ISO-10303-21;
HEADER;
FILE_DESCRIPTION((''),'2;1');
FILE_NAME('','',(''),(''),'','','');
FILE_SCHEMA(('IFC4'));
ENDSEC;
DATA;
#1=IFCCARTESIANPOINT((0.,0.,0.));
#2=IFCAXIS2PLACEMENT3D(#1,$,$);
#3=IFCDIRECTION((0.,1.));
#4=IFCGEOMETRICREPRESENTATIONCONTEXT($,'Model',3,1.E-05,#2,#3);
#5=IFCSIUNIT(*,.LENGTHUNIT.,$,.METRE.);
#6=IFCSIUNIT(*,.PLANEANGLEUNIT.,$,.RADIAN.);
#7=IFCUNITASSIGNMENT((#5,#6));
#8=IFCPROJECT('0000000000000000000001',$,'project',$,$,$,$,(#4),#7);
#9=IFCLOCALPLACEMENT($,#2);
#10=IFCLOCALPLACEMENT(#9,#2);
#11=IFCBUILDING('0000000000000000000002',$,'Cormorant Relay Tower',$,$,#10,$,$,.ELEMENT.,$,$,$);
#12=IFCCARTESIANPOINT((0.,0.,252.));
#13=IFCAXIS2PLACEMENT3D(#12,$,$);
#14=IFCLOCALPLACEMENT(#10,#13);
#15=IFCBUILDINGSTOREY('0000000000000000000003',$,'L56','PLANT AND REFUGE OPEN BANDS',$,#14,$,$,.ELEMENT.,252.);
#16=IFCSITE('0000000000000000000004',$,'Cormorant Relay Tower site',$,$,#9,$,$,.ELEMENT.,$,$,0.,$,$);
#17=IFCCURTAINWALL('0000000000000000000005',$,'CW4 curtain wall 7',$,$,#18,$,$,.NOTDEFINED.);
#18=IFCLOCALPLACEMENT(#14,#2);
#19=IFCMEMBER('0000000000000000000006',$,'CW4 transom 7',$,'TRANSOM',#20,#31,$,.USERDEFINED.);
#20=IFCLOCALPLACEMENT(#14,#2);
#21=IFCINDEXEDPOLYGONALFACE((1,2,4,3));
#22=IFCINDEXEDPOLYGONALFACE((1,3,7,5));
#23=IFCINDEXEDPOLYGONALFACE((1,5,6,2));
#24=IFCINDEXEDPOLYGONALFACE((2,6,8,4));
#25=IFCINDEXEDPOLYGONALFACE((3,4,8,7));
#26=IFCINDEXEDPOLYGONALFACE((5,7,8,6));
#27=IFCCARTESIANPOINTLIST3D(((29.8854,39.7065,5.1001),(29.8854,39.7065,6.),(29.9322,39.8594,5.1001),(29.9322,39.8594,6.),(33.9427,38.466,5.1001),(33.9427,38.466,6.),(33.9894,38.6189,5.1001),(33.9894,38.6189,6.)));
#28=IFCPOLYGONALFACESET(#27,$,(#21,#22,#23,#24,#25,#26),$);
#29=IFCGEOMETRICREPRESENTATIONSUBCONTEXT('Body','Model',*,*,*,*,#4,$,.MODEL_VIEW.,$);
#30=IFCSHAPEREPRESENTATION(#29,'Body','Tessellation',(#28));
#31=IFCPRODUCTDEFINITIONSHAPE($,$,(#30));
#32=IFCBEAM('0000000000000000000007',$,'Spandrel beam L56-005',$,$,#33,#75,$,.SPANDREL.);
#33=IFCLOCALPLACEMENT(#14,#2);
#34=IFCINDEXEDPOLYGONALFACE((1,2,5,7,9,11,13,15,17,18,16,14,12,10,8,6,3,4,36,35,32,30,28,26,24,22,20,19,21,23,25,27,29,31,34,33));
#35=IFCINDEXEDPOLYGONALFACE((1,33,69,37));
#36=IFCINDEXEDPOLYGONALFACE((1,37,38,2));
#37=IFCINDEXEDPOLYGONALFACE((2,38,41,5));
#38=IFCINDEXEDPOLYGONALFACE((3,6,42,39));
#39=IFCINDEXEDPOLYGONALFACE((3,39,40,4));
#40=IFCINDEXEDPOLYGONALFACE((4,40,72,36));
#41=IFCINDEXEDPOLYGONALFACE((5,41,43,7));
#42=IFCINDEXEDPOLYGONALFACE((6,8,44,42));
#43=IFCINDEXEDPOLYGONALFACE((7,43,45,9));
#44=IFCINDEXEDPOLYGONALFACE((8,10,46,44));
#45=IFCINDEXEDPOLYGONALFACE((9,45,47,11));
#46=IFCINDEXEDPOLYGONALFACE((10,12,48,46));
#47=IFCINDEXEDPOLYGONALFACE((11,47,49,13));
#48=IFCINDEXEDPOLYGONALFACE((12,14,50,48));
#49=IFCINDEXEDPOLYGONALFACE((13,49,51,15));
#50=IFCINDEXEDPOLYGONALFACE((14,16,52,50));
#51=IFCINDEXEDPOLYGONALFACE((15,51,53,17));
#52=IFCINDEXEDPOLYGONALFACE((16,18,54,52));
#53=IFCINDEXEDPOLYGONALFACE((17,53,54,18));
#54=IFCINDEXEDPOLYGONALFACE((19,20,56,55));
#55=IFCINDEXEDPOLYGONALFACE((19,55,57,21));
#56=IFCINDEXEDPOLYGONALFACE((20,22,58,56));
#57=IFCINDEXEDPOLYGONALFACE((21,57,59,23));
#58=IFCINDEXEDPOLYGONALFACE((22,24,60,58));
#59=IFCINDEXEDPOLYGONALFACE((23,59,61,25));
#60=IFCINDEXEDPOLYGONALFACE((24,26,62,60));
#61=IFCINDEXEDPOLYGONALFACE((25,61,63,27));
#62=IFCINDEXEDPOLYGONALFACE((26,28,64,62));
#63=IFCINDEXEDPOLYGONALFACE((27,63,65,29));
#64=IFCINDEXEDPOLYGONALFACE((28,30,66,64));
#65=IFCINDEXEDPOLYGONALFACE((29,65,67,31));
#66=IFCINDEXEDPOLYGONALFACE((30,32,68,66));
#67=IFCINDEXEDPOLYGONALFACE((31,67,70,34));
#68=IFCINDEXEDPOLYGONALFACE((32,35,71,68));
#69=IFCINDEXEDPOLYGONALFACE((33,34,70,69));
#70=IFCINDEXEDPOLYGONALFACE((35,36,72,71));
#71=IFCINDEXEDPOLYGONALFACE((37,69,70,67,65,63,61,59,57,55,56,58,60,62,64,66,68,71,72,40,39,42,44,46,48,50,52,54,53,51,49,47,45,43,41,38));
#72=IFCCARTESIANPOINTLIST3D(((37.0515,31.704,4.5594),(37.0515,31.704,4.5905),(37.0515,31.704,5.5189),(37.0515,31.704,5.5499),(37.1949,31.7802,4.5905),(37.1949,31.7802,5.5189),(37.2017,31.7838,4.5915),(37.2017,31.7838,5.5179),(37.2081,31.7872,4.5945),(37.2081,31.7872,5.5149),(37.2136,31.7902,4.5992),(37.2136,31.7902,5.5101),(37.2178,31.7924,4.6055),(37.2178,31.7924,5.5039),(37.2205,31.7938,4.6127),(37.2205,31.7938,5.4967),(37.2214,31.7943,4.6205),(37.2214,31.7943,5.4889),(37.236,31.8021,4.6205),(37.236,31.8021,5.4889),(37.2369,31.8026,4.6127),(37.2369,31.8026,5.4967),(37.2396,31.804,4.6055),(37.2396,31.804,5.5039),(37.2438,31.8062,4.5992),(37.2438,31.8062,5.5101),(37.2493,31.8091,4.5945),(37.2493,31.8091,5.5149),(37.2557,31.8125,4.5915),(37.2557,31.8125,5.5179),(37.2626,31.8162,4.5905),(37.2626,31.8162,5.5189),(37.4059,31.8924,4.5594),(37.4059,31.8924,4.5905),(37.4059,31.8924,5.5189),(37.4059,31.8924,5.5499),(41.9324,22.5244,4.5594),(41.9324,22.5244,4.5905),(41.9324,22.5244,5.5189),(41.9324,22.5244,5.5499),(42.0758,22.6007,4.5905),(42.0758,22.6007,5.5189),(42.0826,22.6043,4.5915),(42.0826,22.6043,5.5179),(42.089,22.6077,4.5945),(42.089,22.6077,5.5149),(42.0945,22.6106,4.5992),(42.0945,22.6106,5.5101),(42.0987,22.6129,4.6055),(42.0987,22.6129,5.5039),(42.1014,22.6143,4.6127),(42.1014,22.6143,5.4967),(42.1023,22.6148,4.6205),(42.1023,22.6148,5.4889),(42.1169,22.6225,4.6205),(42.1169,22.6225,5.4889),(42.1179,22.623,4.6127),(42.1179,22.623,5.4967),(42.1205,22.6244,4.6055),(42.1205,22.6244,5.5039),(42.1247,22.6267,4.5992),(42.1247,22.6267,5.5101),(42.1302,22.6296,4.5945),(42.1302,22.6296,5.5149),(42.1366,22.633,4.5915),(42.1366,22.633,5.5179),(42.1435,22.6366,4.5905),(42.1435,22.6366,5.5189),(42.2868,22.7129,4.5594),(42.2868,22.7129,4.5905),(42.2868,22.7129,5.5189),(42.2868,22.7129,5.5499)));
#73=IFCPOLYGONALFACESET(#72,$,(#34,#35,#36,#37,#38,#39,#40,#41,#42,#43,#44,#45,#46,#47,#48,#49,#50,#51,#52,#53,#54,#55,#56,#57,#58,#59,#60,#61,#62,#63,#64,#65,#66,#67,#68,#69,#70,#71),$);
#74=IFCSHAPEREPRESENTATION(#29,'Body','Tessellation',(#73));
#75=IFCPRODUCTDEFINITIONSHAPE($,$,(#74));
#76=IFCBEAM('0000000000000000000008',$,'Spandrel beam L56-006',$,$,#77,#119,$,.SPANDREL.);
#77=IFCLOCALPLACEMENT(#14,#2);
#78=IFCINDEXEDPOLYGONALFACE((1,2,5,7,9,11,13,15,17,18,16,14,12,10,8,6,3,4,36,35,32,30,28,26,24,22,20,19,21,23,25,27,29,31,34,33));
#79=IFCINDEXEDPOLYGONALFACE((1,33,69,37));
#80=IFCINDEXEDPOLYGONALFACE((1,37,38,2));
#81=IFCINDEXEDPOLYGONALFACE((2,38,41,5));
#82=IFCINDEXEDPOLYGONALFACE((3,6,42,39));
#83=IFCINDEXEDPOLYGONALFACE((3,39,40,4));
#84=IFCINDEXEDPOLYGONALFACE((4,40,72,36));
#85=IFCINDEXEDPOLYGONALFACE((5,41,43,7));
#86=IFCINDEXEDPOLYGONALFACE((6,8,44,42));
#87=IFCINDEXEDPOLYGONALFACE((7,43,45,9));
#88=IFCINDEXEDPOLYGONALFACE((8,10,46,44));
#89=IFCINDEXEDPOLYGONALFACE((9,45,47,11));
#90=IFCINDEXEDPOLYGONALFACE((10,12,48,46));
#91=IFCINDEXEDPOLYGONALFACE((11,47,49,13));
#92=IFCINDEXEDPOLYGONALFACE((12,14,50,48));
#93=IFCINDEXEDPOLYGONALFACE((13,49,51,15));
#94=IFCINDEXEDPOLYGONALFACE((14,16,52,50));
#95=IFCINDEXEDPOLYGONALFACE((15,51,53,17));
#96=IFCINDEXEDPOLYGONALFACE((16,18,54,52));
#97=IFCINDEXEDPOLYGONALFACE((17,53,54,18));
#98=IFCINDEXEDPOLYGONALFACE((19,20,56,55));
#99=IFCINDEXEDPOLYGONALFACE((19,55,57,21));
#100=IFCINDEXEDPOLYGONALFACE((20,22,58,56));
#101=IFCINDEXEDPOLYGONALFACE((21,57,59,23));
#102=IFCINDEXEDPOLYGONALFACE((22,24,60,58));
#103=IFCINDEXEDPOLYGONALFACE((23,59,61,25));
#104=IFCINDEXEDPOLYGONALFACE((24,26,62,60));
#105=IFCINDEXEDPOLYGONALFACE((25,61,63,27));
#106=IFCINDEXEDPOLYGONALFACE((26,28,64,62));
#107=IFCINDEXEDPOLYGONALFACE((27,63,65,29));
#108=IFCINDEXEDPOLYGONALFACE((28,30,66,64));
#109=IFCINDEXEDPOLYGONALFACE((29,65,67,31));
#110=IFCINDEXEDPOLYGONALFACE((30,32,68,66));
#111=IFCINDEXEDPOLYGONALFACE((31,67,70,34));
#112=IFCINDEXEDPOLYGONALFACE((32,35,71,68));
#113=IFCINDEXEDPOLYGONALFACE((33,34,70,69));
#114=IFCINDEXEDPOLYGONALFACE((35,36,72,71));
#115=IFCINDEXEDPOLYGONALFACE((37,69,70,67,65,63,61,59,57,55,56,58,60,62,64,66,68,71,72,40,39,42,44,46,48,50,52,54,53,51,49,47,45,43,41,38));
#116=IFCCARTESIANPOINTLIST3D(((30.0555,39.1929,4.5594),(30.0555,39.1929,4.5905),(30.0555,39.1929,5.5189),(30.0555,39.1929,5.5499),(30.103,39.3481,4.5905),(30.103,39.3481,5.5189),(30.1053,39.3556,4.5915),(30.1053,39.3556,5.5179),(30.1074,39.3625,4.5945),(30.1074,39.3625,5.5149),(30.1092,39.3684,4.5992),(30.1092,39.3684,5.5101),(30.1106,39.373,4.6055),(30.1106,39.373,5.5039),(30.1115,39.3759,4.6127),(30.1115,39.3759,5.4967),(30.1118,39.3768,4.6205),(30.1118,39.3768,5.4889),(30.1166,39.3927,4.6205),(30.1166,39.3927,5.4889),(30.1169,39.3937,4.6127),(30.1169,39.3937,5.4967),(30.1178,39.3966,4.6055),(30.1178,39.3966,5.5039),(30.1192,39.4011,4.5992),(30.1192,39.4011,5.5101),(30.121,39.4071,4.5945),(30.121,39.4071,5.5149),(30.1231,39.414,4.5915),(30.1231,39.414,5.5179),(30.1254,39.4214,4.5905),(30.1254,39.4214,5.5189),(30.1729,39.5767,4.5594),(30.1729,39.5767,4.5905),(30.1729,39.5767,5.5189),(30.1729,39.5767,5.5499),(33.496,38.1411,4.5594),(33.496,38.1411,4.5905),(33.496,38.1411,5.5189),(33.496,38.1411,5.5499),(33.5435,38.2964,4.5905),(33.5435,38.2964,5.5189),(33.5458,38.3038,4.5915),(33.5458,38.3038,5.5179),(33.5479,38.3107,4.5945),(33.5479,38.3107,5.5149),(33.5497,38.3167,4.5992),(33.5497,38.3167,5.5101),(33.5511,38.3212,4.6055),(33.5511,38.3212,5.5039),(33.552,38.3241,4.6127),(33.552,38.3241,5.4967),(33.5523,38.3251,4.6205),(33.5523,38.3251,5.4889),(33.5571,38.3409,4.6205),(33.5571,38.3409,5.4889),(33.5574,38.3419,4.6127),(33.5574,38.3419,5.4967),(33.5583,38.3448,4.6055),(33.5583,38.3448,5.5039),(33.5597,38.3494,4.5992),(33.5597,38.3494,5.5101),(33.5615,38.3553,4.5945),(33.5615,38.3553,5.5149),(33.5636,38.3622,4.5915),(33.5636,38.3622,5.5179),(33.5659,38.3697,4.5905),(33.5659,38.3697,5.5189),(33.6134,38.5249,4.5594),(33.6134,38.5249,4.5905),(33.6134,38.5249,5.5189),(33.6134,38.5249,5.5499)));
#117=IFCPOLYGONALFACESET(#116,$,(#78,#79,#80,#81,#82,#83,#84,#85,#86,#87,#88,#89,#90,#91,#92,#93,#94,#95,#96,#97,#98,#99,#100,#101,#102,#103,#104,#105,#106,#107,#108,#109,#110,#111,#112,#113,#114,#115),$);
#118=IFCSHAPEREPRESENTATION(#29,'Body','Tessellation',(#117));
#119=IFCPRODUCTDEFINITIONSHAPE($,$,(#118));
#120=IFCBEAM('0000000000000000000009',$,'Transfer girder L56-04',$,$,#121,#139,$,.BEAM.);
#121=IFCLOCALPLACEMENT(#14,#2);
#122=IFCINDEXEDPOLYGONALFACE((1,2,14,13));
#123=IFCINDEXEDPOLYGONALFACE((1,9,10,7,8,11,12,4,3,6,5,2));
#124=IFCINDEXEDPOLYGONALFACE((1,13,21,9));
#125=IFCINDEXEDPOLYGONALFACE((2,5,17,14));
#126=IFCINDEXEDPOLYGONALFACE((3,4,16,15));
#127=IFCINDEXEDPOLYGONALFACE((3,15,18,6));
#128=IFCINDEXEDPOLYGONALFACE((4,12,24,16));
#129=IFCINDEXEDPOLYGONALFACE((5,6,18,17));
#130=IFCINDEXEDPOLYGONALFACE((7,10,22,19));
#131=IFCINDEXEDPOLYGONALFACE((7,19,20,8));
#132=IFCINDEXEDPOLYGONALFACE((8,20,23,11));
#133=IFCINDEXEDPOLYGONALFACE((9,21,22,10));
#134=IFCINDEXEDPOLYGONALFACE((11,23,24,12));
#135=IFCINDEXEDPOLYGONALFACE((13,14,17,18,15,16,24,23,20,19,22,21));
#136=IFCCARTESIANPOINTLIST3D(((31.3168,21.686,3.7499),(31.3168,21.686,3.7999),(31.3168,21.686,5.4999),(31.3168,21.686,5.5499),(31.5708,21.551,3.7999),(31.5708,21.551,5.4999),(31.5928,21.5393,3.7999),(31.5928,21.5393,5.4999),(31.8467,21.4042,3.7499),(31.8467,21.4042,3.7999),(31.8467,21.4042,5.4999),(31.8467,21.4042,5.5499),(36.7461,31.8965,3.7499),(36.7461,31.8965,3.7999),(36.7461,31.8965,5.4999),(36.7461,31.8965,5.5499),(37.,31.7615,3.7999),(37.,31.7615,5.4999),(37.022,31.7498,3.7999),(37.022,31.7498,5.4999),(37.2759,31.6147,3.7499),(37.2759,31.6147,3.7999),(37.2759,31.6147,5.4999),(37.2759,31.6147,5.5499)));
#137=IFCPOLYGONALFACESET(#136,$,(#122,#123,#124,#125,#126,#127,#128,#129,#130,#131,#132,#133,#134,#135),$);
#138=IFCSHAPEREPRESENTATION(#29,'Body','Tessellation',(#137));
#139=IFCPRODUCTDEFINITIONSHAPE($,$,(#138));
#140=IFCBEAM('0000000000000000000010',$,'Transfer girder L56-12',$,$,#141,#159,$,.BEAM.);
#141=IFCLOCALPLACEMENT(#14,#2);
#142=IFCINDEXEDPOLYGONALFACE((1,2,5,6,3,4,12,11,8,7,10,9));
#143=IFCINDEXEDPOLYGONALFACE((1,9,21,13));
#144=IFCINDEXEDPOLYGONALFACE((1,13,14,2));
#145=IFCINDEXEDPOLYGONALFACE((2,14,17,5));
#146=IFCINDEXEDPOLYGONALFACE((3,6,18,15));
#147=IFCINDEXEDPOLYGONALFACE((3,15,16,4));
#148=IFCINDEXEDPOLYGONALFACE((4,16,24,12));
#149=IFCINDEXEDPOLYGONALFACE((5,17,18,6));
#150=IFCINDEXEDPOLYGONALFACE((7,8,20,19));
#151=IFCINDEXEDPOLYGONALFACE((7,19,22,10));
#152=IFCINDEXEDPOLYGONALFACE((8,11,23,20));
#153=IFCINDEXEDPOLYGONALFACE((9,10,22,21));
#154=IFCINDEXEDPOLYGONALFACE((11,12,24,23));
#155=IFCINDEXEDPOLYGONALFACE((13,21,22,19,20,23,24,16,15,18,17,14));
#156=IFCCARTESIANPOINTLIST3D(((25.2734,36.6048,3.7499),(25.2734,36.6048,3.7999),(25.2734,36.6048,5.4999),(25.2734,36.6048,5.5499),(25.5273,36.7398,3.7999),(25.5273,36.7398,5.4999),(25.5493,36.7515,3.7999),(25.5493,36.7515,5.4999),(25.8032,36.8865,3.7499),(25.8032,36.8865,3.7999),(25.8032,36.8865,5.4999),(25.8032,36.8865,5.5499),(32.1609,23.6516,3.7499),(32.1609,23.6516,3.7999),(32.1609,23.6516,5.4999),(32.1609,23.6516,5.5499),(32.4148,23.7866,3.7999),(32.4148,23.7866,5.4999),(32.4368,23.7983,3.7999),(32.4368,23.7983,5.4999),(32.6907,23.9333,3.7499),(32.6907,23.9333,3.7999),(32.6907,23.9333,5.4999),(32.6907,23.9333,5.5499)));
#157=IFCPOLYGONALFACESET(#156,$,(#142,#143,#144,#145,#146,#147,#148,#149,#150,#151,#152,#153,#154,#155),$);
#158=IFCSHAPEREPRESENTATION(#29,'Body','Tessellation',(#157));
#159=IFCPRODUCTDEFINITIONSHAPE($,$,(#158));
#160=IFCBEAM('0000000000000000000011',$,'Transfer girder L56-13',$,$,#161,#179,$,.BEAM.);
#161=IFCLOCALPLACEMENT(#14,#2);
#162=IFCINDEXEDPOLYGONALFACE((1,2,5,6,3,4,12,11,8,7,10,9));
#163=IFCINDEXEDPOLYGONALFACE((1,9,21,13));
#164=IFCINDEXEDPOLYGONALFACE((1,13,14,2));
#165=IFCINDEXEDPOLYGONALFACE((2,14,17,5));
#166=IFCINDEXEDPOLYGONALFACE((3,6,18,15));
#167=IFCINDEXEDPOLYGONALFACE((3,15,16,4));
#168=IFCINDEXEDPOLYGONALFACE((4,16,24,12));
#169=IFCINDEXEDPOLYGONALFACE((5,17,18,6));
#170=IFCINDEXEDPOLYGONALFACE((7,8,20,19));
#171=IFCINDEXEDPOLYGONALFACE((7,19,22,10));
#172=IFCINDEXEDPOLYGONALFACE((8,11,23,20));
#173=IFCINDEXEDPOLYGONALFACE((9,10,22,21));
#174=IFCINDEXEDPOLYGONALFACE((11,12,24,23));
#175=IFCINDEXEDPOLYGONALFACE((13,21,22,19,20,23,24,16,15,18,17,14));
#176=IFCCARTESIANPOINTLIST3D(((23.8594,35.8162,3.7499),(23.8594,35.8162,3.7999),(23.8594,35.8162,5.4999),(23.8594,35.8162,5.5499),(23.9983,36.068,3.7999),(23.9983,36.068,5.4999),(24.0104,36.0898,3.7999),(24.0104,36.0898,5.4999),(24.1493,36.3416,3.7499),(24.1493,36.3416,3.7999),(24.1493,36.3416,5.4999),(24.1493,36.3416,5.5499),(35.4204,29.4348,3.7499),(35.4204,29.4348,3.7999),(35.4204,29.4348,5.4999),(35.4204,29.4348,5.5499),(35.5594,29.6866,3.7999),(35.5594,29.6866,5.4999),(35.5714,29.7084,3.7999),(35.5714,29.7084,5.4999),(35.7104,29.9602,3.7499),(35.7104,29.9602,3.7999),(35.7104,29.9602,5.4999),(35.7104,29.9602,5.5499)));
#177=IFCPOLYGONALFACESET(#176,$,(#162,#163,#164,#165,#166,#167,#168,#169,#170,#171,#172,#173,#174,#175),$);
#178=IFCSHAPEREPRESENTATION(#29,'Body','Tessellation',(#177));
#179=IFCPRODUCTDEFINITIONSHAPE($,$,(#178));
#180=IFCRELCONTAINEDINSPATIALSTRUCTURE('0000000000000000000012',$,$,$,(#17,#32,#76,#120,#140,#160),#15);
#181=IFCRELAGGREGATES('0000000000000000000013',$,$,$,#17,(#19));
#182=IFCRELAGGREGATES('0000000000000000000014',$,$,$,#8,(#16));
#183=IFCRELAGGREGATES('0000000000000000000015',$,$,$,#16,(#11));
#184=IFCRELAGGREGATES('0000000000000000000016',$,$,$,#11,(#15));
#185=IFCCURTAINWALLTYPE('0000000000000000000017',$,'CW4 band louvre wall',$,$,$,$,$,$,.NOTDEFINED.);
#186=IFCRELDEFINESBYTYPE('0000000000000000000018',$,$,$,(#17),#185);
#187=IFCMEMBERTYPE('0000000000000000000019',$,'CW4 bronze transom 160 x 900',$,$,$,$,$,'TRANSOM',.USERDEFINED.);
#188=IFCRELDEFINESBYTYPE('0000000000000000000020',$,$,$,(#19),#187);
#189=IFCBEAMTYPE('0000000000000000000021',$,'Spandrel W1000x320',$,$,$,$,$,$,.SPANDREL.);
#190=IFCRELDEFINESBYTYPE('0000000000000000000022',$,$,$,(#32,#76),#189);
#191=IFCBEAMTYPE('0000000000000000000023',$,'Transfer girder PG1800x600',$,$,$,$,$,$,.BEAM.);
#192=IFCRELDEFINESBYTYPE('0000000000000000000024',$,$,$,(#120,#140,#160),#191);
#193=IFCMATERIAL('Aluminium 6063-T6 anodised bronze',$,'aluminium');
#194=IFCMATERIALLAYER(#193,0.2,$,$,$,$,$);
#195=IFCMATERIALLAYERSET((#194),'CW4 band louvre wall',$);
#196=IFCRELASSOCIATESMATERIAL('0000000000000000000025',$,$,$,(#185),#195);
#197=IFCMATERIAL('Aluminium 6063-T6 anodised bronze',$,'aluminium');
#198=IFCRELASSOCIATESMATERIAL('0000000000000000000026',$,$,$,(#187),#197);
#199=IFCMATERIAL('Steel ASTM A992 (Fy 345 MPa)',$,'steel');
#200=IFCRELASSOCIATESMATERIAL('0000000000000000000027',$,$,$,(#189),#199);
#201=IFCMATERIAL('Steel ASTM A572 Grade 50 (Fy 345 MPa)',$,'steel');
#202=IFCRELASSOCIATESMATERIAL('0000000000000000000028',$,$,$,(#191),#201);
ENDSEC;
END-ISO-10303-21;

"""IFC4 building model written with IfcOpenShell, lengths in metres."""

from ifc_helpers import new_model, si_unit, direction, frame, origin, origin_2d, place, context, subcontext, project, spatial, rectangle, i_section, extrude, material, layer, layer_set, material_profile, profile_set, type_object, element, aggregate, save


model = new_model("IFC4")

# Units and contexts
model_context = context("Model", 3, precision=1e-05, world=origin(), true_north=direction((0.0, 1.0)))
body_context = subcontext(model_context, "Body", "Model", "MODEL_VIEW")
ifc_project = project(units=[si_unit("LENGTHUNIT", "METRE"), si_unit("PLANEANGLEUNIT", "RADIAN")], contexts=[model_context])

# Site, building, storey
site_placement = place(None, origin())
site = spatial("IfcSite", under=ifc_project, at=site_placement, Name="Cormorant Relay Tower site", CompositionType="ELEMENT", RefElevation=0.0)
building_placement = place(site_placement, origin())
building = spatial("IfcBuilding", under=site, at=building_placement, Name="Cormorant Relay Tower", CompositionType="ELEMENT")
storey_placement = place(building_placement, frame((0.0, 0.0, 252.0)))
storey = spatial("IfcBuildingStorey", under=building, at=storey_placement, Name="L56", Description="PLANT AND REFUGE OPEN BANDS", CompositionType="ELEMENT", Elevation=252.0)

# Curtain wall, member
ifc_material_1 = material(Name="Aluminium 6063-T6 anodised bronze", Category="aluminium")
ifc_layer_1 = layer(ifc_material_1, 0.2)
ifc_layer_set_1 = layer_set([ifc_layer_1], Name="CW4 band louvre wall")
curtain_wall_type = type_object("IfcCurtainWallType", Name="CW4 band louvre wall", PredefinedType="NOTDEFINED", material=ifc_layer_set_1)
curtain_wall_1_placement = place(storey_placement, origin())
curtain_wall_1 = element("IfcCurtainWall", 1, at=curtain_wall_1_placement, inside=storey, type_object=curtain_wall_type, Name="CW4 curtain wall 7", PredefinedType="NOTDEFINED")
ifc_material_2 = material(Name="Aluminium 6063-T6 anodised bronze", Category="aluminium")
ifc_material_profile_1 = material_profile(ifc_material_2, rectangle(XDim=0.1599, YDim=0.8999, at=origin_2d()), Name="AL 160x900")
ifc_profile_set_1 = profile_set([ifc_material_profile_1], Name="Aluminium 6063-T6 anodised bronze")
member_type_1 = type_object("IfcMemberType", Name="CW4 bronze transom 160 x 900", ElementType="TRANSOM", PredefinedType="USERDEFINED", material=ifc_profile_set_1)
member_1_placement = place(storey_placement, frame((33.9661, 38.5425, 5.55), z_axis=(-0.956304, 0.292375, 0.0), x_axis=(-0.292375, -0.956304, 0.0)))
member_1 = element("IfcMember", 2, at=member_1_placement, type_object=member_type_1, Name="CW4 transom 7", ObjectType="TRANSOM", PredefinedType="USERDEFINED", context=body_context, shape_type="SweptSolid", body=[
    extrude(rectangle(XDim=0.1599, YDim=0.8999, at=origin_2d()), origin(), (0.0, 0.0, 1.0), 4.2427),
])

# Beams
ifc_material_3 = material(Name="Steel ASTM A992 (Fy 345 MPa)", Category="steel")
ifc_material_profile_2 = material_profile(ifc_material_3, i_section(OverallWidth=0.4014, OverallDepth=0.9905, WebThickness=0.0166, FlangeThickness=0.031, FilletRadius=0.03, at=origin_2d()), Name="W1000x320")
ifc_profile_set_2 = profile_set([ifc_material_profile_2], Name="Steel ASTM A992 (Fy 345 MPa)")
beam_type_1 = type_object("IfcBeamType", Name="Spandrel W1000x320", PredefinedType="SPANDREL", material=ifc_profile_set_2)
beam_1_placement = place(storey_placement, frame((42.1096, 22.6187, 5.0547), z_axis=(-0.469476, 0.882945, 0.0), x_axis=(-0.882945, -0.469476, 0.0)))
element("IfcBeam", 3, at=beam_1_placement, inside=storey, type_object=beam_type_1, Name="Spandrel beam L56-005", PredefinedType="SPANDREL", context=body_context, shape_type="SweptSolid", body=[
    extrude(i_section(OverallWidth=0.4014, OverallDepth=0.9905, WebThickness=0.0166, FlangeThickness=0.031, FilletRadius=0.03, at=origin_2d()), origin(), (0.0, 0.0, 1.0), 10.3965),
])
beam_2_placement = place(storey_placement, frame((33.5547, 38.333, 5.0547), z_axis=(-0.956312, 0.29235, 0.0), x_axis=(-0.29235, -0.956312, 0.0)))
element("IfcBeam", 4, at=beam_2_placement, inside=storey, type_object=beam_type_1, Name="Spandrel beam L56-006", PredefinedType="SPANDREL", context=body_context, shape_type="SweptSolid", body=[
    extrude(i_section(OverallWidth=0.4014, OverallDepth=0.9905, WebThickness=0.0166, FlangeThickness=0.031, FilletRadius=0.03, at=origin_2d()), origin(), (0.0, 0.0, 1.0), 3.5977),
])
ifc_material_4 = material(Name="Steel ASTM A572 Grade 50 (Fy 345 MPa)", Category="steel")
ifc_material_profile_3 = material_profile(ifc_material_4, i_section(OverallWidth=0.6001, OverallDepth=1.8, WebThickness=0.0249, FlangeThickness=0.05, at=origin_2d()), Name="PG1800x600")
ifc_profile_set_3 = profile_set([ifc_material_profile_3], Name="Steel ASTM A572 Grade 50 (Fy 345 MPa)")
beam_type_2 = type_object("IfcBeamType", Name="Transfer girder PG1800x600", PredefinedType="BEAM", material=ifc_profile_set_3)
beam_3_placement = place(storey_placement, frame((37.011, 31.7556, 4.6499), z_axis=(-0.469486, -0.88294, 0.0), x_axis=(0.88294, -0.469486, 0.0)))
element("IfcBeam", 5, at=beam_3_placement, inside=storey, type_object=beam_type_2, Name="Transfer girder L56-04", PredefinedType="BEAM", context=body_context, shape_type="SweptSolid", body=[
    extrude(i_section(OverallWidth=0.6001, OverallDepth=1.8, WebThickness=0.0249, FlangeThickness=0.05, at=origin_2d()), origin(), (0.0, 0.0, 1.0), 11.5642),
])
beam_4_placement = place(storey_placement, frame((32.4258, 23.7925, 4.6499), z_axis=(-0.46948, 0.882943, 0.0), x_axis=(-0.882943, -0.46948, 0.0)))
element("IfcBeam", 6, at=beam_4_placement, inside=storey, type_object=beam_type_2, Name="Transfer girder L56-12", PredefinedType="BEAM", context=body_context, shape_type="SweptSolid", body=[
    extrude(i_section(OverallWidth=0.6001, OverallDepth=1.8, WebThickness=0.0249, FlangeThickness=0.05, at=origin_2d()), origin(), (0.0, 0.0, 1.0), 14.6704),
])
beam_5_placement = place(storey_placement, frame((35.5654, 29.6975, 4.6499), z_axis=(-0.875487, 0.483243, 0.0), x_axis=(-0.483243, -0.875487, 0.0)))
element("IfcBeam", 7, at=beam_5_placement, inside=storey, type_object=beam_type_2, Name="Transfer girder L56-13", PredefinedType="BEAM", context=body_context, shape_type="SweptSolid", body=[
    extrude(i_section(OverallWidth=0.6001, OverallDepth=1.8, WebThickness=0.0249, FlangeThickness=0.05, at=origin_2d()), origin(), (0.0, 0.0, 1.0), 13.2053),
])

aggregate(curtain_wall_1, [member_1])

save(model, "model.ifc")
